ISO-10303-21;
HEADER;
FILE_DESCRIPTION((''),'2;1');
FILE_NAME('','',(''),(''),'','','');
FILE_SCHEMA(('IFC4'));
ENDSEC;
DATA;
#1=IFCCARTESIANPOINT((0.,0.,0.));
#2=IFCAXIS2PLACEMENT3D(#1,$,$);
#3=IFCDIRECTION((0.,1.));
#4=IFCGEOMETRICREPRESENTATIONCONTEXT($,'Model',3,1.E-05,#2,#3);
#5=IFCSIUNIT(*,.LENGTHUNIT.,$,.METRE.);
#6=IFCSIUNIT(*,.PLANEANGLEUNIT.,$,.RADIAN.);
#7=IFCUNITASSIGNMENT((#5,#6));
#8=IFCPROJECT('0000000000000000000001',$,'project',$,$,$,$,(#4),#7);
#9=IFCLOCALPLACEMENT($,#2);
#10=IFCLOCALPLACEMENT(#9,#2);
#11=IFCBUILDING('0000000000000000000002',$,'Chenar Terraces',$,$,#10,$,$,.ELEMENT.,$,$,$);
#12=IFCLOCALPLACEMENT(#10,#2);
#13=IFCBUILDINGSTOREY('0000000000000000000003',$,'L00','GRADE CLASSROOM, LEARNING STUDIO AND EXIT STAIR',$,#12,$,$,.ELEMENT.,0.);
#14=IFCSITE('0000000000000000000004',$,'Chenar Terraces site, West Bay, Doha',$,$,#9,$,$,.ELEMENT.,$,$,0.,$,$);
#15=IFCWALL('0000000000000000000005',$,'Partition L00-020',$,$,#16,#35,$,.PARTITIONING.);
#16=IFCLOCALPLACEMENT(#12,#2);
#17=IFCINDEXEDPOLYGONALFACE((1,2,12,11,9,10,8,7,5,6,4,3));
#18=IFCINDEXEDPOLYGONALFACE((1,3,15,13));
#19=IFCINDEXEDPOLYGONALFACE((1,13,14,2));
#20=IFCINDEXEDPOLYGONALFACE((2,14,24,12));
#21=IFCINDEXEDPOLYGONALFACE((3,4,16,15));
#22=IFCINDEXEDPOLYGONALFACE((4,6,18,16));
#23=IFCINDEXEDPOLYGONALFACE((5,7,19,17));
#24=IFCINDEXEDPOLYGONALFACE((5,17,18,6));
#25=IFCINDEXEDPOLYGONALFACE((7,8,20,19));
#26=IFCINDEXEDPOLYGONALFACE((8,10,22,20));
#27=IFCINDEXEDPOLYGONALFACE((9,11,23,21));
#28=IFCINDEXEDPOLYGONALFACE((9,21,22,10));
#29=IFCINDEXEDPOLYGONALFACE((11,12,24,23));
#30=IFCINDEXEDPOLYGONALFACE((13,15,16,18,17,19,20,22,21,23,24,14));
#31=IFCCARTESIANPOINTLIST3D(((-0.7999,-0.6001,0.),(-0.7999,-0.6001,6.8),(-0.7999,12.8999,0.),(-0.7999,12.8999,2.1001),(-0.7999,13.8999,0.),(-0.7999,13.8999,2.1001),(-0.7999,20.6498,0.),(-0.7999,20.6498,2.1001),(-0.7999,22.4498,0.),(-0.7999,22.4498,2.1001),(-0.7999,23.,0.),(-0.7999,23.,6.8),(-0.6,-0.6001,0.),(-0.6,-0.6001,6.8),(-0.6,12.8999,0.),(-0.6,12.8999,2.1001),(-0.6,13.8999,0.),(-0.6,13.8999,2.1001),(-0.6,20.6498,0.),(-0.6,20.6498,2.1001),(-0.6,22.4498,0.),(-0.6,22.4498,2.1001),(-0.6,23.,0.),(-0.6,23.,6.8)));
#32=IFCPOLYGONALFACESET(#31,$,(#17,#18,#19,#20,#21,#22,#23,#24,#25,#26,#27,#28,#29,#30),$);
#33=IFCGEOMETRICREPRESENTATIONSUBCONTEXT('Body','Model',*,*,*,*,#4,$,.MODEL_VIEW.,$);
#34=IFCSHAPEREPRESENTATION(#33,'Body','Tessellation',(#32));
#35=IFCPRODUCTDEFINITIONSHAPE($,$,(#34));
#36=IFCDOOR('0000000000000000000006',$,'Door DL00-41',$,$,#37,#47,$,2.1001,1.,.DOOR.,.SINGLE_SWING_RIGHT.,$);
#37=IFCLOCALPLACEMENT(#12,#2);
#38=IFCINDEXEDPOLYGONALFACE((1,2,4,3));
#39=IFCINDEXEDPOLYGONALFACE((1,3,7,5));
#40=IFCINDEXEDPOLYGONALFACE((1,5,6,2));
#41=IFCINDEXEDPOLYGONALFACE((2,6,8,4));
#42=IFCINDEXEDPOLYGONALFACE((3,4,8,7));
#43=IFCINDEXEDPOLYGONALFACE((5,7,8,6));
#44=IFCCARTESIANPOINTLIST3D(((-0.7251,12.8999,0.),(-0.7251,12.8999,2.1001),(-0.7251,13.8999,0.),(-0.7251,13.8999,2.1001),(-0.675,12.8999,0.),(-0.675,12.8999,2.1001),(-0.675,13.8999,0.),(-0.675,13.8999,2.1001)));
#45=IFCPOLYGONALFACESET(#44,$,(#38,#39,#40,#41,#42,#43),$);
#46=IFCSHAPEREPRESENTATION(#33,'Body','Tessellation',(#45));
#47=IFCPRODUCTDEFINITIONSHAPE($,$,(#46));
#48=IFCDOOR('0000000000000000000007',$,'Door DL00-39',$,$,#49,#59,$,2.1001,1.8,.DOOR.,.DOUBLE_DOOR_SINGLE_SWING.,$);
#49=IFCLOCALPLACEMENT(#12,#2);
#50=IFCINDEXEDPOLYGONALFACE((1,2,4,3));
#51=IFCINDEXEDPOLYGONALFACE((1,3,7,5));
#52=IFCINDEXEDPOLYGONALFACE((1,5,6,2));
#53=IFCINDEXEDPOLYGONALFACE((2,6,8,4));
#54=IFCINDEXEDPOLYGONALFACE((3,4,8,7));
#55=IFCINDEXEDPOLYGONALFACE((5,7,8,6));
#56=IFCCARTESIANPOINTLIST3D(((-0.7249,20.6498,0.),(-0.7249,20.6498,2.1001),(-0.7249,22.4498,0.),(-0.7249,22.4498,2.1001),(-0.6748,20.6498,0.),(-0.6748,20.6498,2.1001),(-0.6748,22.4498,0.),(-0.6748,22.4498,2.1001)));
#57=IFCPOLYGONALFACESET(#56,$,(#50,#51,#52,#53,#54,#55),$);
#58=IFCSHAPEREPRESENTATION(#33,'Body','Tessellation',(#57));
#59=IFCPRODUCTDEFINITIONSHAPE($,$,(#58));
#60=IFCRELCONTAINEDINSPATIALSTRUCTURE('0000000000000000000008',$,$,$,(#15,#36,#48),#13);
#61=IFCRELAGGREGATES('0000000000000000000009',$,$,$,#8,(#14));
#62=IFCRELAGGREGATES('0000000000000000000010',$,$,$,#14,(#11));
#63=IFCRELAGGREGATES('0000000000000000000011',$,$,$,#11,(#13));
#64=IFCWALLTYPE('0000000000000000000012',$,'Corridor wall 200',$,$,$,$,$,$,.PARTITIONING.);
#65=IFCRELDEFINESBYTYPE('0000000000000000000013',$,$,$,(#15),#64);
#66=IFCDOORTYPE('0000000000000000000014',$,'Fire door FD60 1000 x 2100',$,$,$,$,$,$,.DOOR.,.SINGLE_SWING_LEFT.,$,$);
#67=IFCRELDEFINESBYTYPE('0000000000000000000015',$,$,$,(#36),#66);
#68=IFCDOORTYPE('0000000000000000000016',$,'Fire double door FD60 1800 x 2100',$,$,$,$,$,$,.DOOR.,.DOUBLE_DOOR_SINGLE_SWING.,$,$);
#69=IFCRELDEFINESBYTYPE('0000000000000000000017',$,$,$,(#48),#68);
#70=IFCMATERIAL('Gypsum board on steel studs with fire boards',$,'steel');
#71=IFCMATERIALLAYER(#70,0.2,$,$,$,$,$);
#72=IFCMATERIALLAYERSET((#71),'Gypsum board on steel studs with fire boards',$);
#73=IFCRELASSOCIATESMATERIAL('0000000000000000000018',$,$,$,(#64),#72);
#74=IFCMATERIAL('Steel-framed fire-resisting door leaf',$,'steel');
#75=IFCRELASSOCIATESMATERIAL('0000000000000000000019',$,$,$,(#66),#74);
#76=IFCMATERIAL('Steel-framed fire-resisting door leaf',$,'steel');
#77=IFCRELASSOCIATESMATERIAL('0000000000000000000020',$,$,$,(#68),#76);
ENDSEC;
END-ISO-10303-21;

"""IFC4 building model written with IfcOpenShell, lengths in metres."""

from ifc_helpers import new_model, si_unit, direction, frame, frame_2d, origin, place, context, subcontext, project, spatial, rectangle, extrude, material, layer, layer_set, type_object, element, fill, save


model = new_model("IFC4")

# Units and contexts
model_context = context("Model", 3, precision=1e-05, world=origin(), true_north=direction((0.0, 1.0)))
body_context = subcontext(model_context, "Body", "Model", "MODEL_VIEW")
ifc_project = project(units=[si_unit("LENGTHUNIT", "METRE"), si_unit("PLANEANGLEUNIT", "RADIAN")], contexts=[model_context])

# Site, building, storey
site_placement = place(None, origin())
site = spatial("IfcSite", under=ifc_project, at=site_placement, Name="Chenar Terraces site, West Bay, Doha", CompositionType="ELEMENT", RefElevation=0.0)
building_placement = place(site_placement, origin())
building = spatial("IfcBuilding", under=site, at=building_placement, Name="Chenar Terraces", CompositionType="ELEMENT")
storey_placement = place(building_placement, origin())
storey = spatial("IfcBuildingStorey", under=building, at=storey_placement, Name="L00", Description="GRADE CLASSROOM, LEARNING STUDIO AND EXIT STAIR", CompositionType="ELEMENT", Elevation=0.0)

# Wall, openings, doors
ifc_material_1 = material(Name="Gypsum board on steel studs with fire boards", Category="steel")
ifc_layer_1 = layer(ifc_material_1, 0.2)
ifc_layer_set_1 = layer_set([ifc_layer_1], Name="Gypsum board on steel studs with fire boards")
wall_type = type_object("IfcWallType", Name="Corridor wall 200", PredefinedType="PARTITIONING", material=ifc_layer_set_1)
ifc_material_2 = material(Name="Steel-framed fire-resisting door leaf", Category="steel")
door_type_1 = type_object("IfcDoorType", Name="Fire door FD60 1000 x 2100", OperationType="SINGLE_SWING_LEFT", PredefinedType="DOOR", material=ifc_material_2)
ifc_material_3 = material(Name="Steel-framed fire-resisting door leaf", Category="steel")
door_type_2 = type_object("IfcDoorType", Name="Fire double door FD60 1800 x 2100", OperationType="DOUBLE_DOOR_SINGLE_SWING", PredefinedType="DOOR", material=ifc_material_3)
wall_1_placement = place(storey_placement, frame((-0.7, -0.6001, 0.0), z_axis=(0.0, 0.0, 1.0), x_axis=(0.0, 1.0, 0.0)))
wall_1 = element("IfcWall", 1, at=wall_1_placement, inside=storey, type_object=wall_type, Name="Partition L00-020", PredefinedType="PARTITIONING", context=body_context, shape_type="SweptSolid", body=[
    extrude(rectangle(XDim=23.6001, YDim=0.2, at=frame_2d((11.8, 0.0))), origin(), (0.0, 0.0, 1.0), 6.8),
])
opening_1_placement = place(wall_1_placement, frame((21.25, 0.0, 0.0)))
opening_1 = element("IfcOpeningElement", 2, at=opening_1_placement, cuts=wall_1, PredefinedType="OPENING", context=body_context, shape_type="SweptSolid", body=[
    extrude(rectangle(XDim=1.8, YDim=2.1001, at=frame_2d((0.8999, 1.05))), frame((0.0, 0.1099, 0.0), z_axis=(0.0, -1.0, 0.0), x_axis=(1.0, 0.0, 0.0)), (0.0, 0.0, 1.0), 0.22),
])
opening_2_placement = place(wall_1_placement, frame((13.5, 0.0, 0.0)))
opening_2 = element("IfcOpeningElement", 3, at=opening_2_placement, cuts=wall_1, PredefinedType="OPENING", context=body_context, shape_type="SweptSolid", body=[
    extrude(rectangle(XDim=1.0, YDim=2.1001, at=frame_2d((0.5, 1.05))), frame((0.0, 0.1099, 0.0), z_axis=(0.0, -1.0, 0.0), x_axis=(1.0, 0.0, 0.0)), (0.0, 0.0, 1.0), 0.22),
])
door_1_placement = place(opening_2_placement, frame((1.0, 0.0, 0.0), z_axis=(0.0, 0.0, 1.0), x_axis=(-1.0, 0.0, 0.0)))
door_1 = element("IfcDoor", 4, at=door_1_placement, inside=storey, type_object=door_type_1, Name="Door DL00-41", OperationType="SINGLE_SWING_RIGHT", OverallHeight=2.1001, OverallWidth=1.0, PredefinedType="DOOR", context=body_context, shape_type="SweptSolid", body=[
    extrude(rectangle(XDim=1.0, YDim=2.1001, at=frame_2d((0.5, 1.05))), frame((0.0, 0.0249, 0.0), z_axis=(0.0, -1.0, 0.0), x_axis=(1.0, 0.0, 0.0)), (0.0, 0.0, 1.0), 0.05),
])
fill(opening_2, door_1)
door_2_placement = place(opening_1_placement, origin())
door_2 = element("IfcDoor", 5, at=door_2_placement, inside=storey, type_object=door_type_2, Name="Door DL00-39", OperationType="DOUBLE_DOOR_SINGLE_SWING", OverallHeight=2.1001, OverallWidth=1.8, PredefinedType="DOOR", context=body_context, shape_type="SweptSolid", body=[
    extrude(rectangle(XDim=1.8, YDim=2.1001, at=frame_2d((0.8999, 1.05))), frame((0.0, 0.0249, 0.0), z_axis=(0.0, -1.0, 0.0), x_axis=(1.0, 0.0, 0.0)), (0.0, 0.0, 1.0), 0.05),
])
fill(opening_1, door_2)

save(model, "model.ifc")
